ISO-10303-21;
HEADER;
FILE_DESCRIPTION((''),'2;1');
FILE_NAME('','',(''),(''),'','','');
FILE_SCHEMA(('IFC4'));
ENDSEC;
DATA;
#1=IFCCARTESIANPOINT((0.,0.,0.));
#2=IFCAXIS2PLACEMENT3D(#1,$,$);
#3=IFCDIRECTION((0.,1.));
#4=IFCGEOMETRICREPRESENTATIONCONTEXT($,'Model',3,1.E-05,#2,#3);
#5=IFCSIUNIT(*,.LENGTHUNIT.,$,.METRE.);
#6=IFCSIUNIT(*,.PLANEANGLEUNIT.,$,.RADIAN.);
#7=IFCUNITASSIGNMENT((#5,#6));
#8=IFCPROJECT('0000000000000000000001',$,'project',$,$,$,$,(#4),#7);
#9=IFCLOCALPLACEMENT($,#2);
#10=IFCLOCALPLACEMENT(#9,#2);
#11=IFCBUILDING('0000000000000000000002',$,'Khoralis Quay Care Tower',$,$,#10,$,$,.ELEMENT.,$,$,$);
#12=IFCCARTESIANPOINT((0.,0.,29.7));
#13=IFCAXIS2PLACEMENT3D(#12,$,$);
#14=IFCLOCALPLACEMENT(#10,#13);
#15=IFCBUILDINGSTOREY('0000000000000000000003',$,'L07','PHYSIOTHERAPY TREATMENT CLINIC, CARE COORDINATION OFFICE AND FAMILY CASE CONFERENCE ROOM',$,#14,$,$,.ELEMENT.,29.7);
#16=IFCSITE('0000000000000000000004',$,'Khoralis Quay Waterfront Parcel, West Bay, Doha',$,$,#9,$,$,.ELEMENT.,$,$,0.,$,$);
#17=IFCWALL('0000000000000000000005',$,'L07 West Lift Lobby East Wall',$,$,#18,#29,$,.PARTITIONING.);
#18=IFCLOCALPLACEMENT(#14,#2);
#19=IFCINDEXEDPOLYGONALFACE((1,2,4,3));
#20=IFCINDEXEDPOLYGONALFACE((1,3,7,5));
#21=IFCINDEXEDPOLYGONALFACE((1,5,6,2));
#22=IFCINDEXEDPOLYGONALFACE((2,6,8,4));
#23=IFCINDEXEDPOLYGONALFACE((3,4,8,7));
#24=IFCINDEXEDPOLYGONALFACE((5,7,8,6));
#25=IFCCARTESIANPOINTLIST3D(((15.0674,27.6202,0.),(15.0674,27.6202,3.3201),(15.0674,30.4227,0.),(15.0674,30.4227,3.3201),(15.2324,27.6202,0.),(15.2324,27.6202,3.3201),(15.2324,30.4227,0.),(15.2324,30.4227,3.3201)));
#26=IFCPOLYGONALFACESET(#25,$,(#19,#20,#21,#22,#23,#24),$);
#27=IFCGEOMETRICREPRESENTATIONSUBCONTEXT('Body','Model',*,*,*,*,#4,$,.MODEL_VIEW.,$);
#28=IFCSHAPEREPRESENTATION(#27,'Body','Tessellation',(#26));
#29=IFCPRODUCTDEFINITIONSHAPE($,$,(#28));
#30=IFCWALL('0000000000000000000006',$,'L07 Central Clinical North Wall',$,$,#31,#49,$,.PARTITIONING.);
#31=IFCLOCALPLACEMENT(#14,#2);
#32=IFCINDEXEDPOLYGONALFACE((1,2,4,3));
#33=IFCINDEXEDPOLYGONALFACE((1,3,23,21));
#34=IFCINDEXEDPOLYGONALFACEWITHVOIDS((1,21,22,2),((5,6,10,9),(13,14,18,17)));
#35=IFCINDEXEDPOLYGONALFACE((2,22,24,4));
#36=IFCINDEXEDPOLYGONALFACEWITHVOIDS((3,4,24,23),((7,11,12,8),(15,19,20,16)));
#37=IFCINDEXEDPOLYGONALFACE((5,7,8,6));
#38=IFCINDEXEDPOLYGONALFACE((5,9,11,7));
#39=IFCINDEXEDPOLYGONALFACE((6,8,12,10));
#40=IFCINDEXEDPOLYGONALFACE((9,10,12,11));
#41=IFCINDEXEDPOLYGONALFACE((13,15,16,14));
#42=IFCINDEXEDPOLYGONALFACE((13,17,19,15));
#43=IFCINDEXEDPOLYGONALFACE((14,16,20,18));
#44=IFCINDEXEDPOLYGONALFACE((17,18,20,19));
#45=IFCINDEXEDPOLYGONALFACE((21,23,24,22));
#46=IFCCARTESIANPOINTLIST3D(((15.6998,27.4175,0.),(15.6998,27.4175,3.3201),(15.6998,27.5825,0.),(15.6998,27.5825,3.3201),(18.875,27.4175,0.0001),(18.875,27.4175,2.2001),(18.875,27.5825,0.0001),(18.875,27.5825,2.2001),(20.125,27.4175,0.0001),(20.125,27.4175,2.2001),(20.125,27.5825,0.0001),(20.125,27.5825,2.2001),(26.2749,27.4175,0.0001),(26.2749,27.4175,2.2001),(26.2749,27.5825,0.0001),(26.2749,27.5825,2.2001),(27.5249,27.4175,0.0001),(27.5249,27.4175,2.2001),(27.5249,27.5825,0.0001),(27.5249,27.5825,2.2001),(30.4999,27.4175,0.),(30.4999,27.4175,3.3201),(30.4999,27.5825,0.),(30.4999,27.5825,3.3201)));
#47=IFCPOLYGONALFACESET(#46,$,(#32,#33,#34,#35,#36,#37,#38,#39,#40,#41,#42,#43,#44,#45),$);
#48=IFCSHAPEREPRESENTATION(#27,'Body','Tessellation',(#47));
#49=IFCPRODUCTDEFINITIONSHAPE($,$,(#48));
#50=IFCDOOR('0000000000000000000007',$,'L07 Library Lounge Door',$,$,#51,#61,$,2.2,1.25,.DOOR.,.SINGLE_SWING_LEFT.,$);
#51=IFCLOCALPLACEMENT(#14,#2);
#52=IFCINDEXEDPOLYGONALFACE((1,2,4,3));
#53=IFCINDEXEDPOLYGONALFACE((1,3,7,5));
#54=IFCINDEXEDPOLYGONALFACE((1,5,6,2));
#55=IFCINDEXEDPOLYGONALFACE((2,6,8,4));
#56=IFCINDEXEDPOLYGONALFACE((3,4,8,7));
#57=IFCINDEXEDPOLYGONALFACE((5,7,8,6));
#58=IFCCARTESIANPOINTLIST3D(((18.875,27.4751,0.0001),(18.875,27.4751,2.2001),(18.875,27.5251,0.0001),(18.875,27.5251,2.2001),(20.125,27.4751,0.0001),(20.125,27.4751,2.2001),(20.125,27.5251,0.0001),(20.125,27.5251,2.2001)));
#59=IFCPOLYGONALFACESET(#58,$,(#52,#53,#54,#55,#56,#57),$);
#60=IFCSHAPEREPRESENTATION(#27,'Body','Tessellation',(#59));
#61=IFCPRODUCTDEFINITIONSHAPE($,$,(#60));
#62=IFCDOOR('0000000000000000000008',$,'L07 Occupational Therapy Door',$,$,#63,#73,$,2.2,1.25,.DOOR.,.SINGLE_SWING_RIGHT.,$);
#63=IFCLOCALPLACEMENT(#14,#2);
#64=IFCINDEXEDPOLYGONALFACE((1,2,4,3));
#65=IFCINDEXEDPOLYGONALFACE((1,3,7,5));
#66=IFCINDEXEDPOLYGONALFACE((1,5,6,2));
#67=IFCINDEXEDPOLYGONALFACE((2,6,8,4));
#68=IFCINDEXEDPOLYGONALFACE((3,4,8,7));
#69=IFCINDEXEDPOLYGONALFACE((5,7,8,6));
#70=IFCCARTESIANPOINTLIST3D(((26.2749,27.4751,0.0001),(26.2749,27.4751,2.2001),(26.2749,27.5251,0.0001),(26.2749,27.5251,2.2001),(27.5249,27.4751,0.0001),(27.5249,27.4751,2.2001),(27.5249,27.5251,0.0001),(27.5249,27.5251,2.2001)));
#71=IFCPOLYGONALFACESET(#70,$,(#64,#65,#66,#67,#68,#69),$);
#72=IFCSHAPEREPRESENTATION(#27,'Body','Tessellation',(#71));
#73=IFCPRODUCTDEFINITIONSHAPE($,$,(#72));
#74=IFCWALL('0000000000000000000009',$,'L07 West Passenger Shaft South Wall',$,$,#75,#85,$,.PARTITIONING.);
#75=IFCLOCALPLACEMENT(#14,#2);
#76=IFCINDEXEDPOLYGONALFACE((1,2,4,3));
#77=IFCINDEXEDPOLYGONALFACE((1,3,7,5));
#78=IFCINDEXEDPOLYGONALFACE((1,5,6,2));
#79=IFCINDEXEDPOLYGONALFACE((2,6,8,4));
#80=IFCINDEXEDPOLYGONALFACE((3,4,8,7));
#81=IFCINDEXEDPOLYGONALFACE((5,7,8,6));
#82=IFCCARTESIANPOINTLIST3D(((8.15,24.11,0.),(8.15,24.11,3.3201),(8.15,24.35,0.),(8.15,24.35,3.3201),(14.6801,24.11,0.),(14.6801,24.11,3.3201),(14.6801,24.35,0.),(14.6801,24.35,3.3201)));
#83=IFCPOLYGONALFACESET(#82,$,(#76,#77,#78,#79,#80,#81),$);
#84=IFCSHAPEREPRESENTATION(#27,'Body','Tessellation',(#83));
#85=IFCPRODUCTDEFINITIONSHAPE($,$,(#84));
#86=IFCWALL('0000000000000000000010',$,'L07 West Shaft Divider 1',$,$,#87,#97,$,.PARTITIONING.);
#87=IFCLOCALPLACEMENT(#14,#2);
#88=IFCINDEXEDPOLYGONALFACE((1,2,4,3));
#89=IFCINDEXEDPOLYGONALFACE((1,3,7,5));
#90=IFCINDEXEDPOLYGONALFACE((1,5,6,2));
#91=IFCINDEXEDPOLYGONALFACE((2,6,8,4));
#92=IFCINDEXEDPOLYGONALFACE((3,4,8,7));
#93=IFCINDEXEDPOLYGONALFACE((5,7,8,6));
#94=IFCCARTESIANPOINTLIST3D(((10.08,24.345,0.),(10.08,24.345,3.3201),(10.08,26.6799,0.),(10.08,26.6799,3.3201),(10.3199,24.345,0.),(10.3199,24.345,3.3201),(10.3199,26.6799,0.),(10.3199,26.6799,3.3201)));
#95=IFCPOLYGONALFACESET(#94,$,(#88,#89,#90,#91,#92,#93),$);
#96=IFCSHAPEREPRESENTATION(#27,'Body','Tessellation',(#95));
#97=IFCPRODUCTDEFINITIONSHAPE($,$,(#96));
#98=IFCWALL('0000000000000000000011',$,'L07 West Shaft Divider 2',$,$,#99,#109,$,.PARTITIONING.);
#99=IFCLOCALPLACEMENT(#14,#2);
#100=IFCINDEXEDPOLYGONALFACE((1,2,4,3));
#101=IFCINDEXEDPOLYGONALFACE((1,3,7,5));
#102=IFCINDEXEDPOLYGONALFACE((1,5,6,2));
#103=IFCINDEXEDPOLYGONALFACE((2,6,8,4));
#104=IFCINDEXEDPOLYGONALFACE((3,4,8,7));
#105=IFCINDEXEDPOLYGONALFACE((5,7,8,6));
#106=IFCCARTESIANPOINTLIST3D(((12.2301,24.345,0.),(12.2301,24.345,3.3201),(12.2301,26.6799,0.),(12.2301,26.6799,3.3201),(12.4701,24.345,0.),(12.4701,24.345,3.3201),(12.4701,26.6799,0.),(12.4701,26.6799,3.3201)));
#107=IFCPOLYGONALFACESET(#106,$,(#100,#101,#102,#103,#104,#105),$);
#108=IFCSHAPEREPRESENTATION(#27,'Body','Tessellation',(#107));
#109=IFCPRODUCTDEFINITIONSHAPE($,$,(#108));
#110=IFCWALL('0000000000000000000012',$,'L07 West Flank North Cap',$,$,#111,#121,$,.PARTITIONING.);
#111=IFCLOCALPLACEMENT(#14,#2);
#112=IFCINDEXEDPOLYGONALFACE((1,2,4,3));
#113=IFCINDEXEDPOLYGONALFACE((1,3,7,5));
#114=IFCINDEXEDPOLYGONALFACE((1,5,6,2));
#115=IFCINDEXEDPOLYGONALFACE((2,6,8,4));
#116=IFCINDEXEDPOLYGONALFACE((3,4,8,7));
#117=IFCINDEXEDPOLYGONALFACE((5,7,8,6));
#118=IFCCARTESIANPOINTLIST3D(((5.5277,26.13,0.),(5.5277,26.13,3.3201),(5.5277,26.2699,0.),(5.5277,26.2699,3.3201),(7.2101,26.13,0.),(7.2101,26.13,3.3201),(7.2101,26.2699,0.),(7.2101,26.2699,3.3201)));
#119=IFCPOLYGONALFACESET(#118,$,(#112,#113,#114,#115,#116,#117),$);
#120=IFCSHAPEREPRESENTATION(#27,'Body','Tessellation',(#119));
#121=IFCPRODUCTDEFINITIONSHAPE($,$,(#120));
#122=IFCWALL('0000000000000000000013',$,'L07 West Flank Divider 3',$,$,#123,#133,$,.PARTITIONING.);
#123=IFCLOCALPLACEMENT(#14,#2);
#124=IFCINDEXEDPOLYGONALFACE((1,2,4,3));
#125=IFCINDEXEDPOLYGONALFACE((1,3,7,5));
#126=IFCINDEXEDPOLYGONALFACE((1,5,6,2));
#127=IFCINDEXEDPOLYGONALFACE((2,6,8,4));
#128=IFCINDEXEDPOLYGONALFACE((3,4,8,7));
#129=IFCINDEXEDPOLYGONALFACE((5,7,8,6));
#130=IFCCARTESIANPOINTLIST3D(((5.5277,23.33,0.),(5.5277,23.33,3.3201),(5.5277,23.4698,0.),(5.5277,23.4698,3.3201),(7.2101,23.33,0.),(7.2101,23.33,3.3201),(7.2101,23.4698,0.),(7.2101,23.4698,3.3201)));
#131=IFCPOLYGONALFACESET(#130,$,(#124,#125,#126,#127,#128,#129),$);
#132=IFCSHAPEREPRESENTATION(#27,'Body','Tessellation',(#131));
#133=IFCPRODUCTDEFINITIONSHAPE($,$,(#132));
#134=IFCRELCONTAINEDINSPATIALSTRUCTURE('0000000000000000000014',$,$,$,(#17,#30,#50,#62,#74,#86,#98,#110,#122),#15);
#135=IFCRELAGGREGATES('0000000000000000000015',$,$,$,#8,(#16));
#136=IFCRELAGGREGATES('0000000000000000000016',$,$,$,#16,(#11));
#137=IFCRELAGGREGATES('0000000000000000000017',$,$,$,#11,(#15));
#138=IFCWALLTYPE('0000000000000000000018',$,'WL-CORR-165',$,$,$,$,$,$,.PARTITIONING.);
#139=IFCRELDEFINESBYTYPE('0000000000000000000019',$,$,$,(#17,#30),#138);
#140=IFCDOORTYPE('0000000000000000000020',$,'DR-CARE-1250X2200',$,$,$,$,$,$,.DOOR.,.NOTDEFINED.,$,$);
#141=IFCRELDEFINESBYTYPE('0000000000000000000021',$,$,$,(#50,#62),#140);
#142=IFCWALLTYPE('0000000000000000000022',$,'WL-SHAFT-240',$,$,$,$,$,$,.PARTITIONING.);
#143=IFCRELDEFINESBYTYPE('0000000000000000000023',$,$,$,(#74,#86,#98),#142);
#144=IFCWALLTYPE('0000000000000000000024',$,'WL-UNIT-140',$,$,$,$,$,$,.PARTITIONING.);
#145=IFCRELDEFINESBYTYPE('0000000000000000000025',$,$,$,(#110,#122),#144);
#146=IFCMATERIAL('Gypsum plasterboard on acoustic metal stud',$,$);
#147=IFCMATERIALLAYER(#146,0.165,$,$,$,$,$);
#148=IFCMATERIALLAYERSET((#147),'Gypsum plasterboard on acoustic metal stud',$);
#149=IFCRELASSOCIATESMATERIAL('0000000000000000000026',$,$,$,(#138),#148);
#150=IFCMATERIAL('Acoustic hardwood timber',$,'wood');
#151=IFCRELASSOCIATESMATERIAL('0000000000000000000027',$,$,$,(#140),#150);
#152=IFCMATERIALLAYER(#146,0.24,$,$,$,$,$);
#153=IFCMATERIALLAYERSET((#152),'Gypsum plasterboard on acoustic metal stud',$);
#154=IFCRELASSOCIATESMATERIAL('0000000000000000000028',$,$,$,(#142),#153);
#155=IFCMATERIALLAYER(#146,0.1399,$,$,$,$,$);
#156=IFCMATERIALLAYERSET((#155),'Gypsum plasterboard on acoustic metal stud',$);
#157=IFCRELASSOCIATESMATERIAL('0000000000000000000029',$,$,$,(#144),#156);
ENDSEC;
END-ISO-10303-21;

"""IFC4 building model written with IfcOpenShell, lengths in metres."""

from ifc_helpers import new_model, si_unit, direction, frame, frame_2d, origin, place, context, subcontext, project, spatial, rectangle, extrude, source, transform, mapped, material, layer, layer_set, type_object, element, fill, save


model = new_model("IFC4")

# Units and contexts
model_context = context("Model", 3, precision=1e-05, world=origin(), true_north=direction((0.0, 1.0)))
body_context = subcontext(model_context, "Body", "Model", "MODEL_VIEW")
ifc_project = project(units=[si_unit("LENGTHUNIT", "METRE"), si_unit("PLANEANGLEUNIT", "RADIAN")], contexts=[model_context])

# Site, building, storey
site_placement = place(None, origin())
site = spatial("IfcSite", under=ifc_project, at=site_placement, Name="Khoralis Quay Waterfront Parcel, West Bay, Doha", CompositionType="ELEMENT", RefElevation=0.0)
building_placement = place(site_placement, origin())
building = spatial("IfcBuilding", under=site, at=building_placement, Name="Khoralis Quay Care Tower", CompositionType="ELEMENT")
storey_placement = place(building_placement, frame((0.0, 0.0, 29.7)))
storey = spatial("IfcBuildingStorey", under=building, at=storey_placement, Name="L07", Description="PHYSIOTHERAPY TREATMENT CLINIC, CARE COORDINATION OFFICE AND FAMILY CASE CONFERENCE ROOM", CompositionType="ELEMENT", Elevation=29.7)

# Wall
ifc_material_1 = material(Name="Gypsum plasterboard on acoustic metal stud")
ifc_layer_1 = layer(ifc_material_1, 0.165)
ifc_layer_set_1 = layer_set([ifc_layer_1], Name="Gypsum plasterboard on acoustic metal stud")
wall_type_1 = type_object("IfcWallType", Name="WL-CORR-165", PredefinedType="PARTITIONING", material=ifc_layer_set_1)
for number, where, z_axis, x_axis, name in (
    (1, (15.1499, 27.6201, 0.0), (0.0, 0.0, 1.0), (0.0, 1.0, 0.0), "L07 West Lift Lobby East Wall"),
):
    element("IfcWall", number, at=place(storey_placement, frame(where, z_axis=z_axis, x_axis=x_axis)), inside=storey, type_object=wall_type_1, Name=name, PredefinedType="PARTITIONING", context=body_context, shape_type="SweptSolid", body=[
        extrude(rectangle(XDim=2.8025, YDim=0.165, at=frame_2d((1.4014, 0.0))), origin(), (0.0, 0.0, 1.0), 3.3201),
    ])

# Wall, openings, doors
wall_1_placement = place(storey_placement, frame((15.7, 27.5, 0.0), z_axis=(0.0, 0.0, 1.0), x_axis=(1.0, 0.0, 0.0)))
wall_1 = element("IfcWall", 2, at=wall_1_placement, inside=storey, type_object=wall_type_1, Name="L07 Central Clinical North Wall", PredefinedType="PARTITIONING", context=body_context, shape_type="SweptSolid", body=[
    extrude(rectangle(XDim=14.8, YDim=0.165, at=frame_2d((7.3999, 0.0))), origin(), (0.0, 0.0, 1.0), 3.3201),
])
opening_1_placement = place(wall_1_placement, frame((3.175, 0.0, 0.0)))
opening_1 = element("IfcOpeningElement", 3, at=opening_1_placement, cuts=wall_1, PredefinedType="OPENING", context=body_context, shape_type="SweptSolid", body=[
    extrude(rectangle(XDim=1.25, YDim=2.2, at=frame_2d((0.625, 1.1001))), frame((0.0, 0.0925, 0.0), z_axis=(0.0, -1.0, 0.0), x_axis=(1.0, 0.0, 0.0)), (0.0, 0.0, 1.0), 0.1851),
])
opening_2_placement = place(wall_1_placement, frame((10.575, 0.0, 0.0)))
opening_2 = element("IfcOpeningElement", 4, at=opening_2_placement, cuts=wall_1, PredefinedType="OPENING", context=body_context, shape_type="SweptSolid", body=[
    extrude(rectangle(XDim=1.25, YDim=2.2, at=frame_2d((0.625, 1.1001))), frame((0.0, 0.0925, 0.0), z_axis=(0.0, -1.0, 0.0), x_axis=(1.0, 0.0, 0.0)), (0.0, 0.0, 1.0), 0.1851),
])
ifc_material_2 = material(Name="Acoustic hardwood timber", Category="wood")
door_type_1 = type_object("IfcDoorType", Name="DR-CARE-1250X2200", OperationType="NOTDEFINED", PredefinedType="DOOR", material=ifc_material_2)
shared_shape_1 = source(origin(), body_context, "Body", "SweptSolid", [
    extrude(rectangle(XDim=1.25, YDim=2.2, at=frame_2d((0.625, 1.1001))), frame((0.0, 0.0249, 0.0), z_axis=(0.0, -1.0, 0.0), x_axis=(1.0, 0.0, 0.0)), (0.0, 0.0, 1.0), 0.05),
])
door_1_placement = place(opening_1_placement, frame((1.25, 0.0, 0.0), z_axis=(0.0, 0.0, 1.0), x_axis=(-1.0, 0.0, 0.0)))
door_1 = element("IfcDoor", 5, at=door_1_placement, inside=storey, type_object=door_type_1, Name="L07 Library Lounge Door", OperationType="SINGLE_SWING_LEFT", OverallHeight=2.2, OverallWidth=1.25, PredefinedType="DOOR", context=body_context, shape_type="MappedRepresentation", body=[
    mapped(shared_shape_1, transform((0.0, 0.0, 0.0), scale=1.0)),
])
fill(opening_1, door_1)
door_2_placement = place(opening_2_placement, frame((1.25, 0.0, 0.0), z_axis=(0.0, 0.0, 1.0), x_axis=(-1.0, 0.0, 0.0)))
door_2 = element("IfcDoor", 6, at=door_2_placement, inside=storey, type_object=door_type_1, Name="L07 Occupational Therapy Door", OperationType="SINGLE_SWING_RIGHT", OverallHeight=2.2, OverallWidth=1.25, PredefinedType="DOOR", context=body_context, shape_type="MappedRepresentation", body=[
    mapped(shared_shape_1, transform((0.0, 0.0, 0.0), scale=1.0)),
])
fill(opening_2, door_2)

# Walls
ifc_layer_2 = layer(ifc_material_1, 0.24)
ifc_layer_set_2 = layer_set([ifc_layer_2], Name="Gypsum plasterboard on acoustic metal stud")
wall_type_2 = type_object("IfcWallType", Name="WL-SHAFT-240", PredefinedType="PARTITIONING", material=ifc_layer_set_2)
wall_2_placement = place(storey_placement, frame((8.1499, 24.23, 0.0), z_axis=(0.0, 0.0, 1.0), x_axis=(1.0, 0.0, 0.0)))
element("IfcWall", 7, at=wall_2_placement, inside=storey, type_object=wall_type_2, Name="L07 West Passenger Shaft South Wall", PredefinedType="PARTITIONING", context=body_context, shape_type="SweptSolid", body=[
    extrude(rectangle(XDim=6.53, YDim=0.24, at=frame_2d((3.2651, 0.0))), origin(), (0.0, 0.0, 1.0), 3.3201),
])
for number, where, z_axis, x_axis, name in (
    (8, (10.2, 24.345, 0.0), (0.0, 0.0, 1.0), (0.0, 1.0, 0.0), "L07 West Shaft Divider 1"),
    (9, (12.3501, 24.345, 0.0), (0.0, 0.0, 1.0), (0.0, 1.0, 0.0), "L07 West Shaft Divider 2"),
):
    element("IfcWall", number, at=place(storey_placement, frame(where, z_axis=z_axis, x_axis=x_axis)), inside=storey, type_object=wall_type_2, Name=name, PredefinedType="PARTITIONING", context=body_context, shape_type="SweptSolid", body=[
        extrude(rectangle(XDim=2.335, YDim=0.24, at=frame_2d((1.1675, 0.0))), origin(), (0.0, 0.0, 1.0), 3.3201),
    ])
ifc_layer_3 = layer(ifc_material_1, 0.1399)
ifc_layer_set_3 = layer_set([ifc_layer_3], Name="Gypsum plasterboard on acoustic metal stud")
wall_type_3 = type_object("IfcWallType", Name="WL-UNIT-140", PredefinedType="PARTITIONING", material=ifc_layer_set_3)
for number, where, z_axis, x_axis, name in (
    (10, (5.5276, 26.2, 0.0), (0.0, 0.0, 1.0), (1.0, 0.0, 0.0), "L07 West Flank North Cap"),
    (11, (5.5276, 23.3999, 0.0), (0.0, 0.0, 1.0), (1.0, 0.0, 0.0), "L07 West Flank Divider 3"),
):
    element("IfcWall", number, at=place(storey_placement, frame(where, z_axis=z_axis, x_axis=x_axis)), inside=storey, type_object=wall_type_3, Name=name, PredefinedType="PARTITIONING", context=body_context, shape_type="SweptSolid", body=[
        extrude(rectangle(XDim=1.6824, YDim=0.1399, at=frame_2d((0.8413, 0.0))), origin(), (0.0, 0.0, 1.0), 3.3201),
    ])

save(model, "model.ifc")
